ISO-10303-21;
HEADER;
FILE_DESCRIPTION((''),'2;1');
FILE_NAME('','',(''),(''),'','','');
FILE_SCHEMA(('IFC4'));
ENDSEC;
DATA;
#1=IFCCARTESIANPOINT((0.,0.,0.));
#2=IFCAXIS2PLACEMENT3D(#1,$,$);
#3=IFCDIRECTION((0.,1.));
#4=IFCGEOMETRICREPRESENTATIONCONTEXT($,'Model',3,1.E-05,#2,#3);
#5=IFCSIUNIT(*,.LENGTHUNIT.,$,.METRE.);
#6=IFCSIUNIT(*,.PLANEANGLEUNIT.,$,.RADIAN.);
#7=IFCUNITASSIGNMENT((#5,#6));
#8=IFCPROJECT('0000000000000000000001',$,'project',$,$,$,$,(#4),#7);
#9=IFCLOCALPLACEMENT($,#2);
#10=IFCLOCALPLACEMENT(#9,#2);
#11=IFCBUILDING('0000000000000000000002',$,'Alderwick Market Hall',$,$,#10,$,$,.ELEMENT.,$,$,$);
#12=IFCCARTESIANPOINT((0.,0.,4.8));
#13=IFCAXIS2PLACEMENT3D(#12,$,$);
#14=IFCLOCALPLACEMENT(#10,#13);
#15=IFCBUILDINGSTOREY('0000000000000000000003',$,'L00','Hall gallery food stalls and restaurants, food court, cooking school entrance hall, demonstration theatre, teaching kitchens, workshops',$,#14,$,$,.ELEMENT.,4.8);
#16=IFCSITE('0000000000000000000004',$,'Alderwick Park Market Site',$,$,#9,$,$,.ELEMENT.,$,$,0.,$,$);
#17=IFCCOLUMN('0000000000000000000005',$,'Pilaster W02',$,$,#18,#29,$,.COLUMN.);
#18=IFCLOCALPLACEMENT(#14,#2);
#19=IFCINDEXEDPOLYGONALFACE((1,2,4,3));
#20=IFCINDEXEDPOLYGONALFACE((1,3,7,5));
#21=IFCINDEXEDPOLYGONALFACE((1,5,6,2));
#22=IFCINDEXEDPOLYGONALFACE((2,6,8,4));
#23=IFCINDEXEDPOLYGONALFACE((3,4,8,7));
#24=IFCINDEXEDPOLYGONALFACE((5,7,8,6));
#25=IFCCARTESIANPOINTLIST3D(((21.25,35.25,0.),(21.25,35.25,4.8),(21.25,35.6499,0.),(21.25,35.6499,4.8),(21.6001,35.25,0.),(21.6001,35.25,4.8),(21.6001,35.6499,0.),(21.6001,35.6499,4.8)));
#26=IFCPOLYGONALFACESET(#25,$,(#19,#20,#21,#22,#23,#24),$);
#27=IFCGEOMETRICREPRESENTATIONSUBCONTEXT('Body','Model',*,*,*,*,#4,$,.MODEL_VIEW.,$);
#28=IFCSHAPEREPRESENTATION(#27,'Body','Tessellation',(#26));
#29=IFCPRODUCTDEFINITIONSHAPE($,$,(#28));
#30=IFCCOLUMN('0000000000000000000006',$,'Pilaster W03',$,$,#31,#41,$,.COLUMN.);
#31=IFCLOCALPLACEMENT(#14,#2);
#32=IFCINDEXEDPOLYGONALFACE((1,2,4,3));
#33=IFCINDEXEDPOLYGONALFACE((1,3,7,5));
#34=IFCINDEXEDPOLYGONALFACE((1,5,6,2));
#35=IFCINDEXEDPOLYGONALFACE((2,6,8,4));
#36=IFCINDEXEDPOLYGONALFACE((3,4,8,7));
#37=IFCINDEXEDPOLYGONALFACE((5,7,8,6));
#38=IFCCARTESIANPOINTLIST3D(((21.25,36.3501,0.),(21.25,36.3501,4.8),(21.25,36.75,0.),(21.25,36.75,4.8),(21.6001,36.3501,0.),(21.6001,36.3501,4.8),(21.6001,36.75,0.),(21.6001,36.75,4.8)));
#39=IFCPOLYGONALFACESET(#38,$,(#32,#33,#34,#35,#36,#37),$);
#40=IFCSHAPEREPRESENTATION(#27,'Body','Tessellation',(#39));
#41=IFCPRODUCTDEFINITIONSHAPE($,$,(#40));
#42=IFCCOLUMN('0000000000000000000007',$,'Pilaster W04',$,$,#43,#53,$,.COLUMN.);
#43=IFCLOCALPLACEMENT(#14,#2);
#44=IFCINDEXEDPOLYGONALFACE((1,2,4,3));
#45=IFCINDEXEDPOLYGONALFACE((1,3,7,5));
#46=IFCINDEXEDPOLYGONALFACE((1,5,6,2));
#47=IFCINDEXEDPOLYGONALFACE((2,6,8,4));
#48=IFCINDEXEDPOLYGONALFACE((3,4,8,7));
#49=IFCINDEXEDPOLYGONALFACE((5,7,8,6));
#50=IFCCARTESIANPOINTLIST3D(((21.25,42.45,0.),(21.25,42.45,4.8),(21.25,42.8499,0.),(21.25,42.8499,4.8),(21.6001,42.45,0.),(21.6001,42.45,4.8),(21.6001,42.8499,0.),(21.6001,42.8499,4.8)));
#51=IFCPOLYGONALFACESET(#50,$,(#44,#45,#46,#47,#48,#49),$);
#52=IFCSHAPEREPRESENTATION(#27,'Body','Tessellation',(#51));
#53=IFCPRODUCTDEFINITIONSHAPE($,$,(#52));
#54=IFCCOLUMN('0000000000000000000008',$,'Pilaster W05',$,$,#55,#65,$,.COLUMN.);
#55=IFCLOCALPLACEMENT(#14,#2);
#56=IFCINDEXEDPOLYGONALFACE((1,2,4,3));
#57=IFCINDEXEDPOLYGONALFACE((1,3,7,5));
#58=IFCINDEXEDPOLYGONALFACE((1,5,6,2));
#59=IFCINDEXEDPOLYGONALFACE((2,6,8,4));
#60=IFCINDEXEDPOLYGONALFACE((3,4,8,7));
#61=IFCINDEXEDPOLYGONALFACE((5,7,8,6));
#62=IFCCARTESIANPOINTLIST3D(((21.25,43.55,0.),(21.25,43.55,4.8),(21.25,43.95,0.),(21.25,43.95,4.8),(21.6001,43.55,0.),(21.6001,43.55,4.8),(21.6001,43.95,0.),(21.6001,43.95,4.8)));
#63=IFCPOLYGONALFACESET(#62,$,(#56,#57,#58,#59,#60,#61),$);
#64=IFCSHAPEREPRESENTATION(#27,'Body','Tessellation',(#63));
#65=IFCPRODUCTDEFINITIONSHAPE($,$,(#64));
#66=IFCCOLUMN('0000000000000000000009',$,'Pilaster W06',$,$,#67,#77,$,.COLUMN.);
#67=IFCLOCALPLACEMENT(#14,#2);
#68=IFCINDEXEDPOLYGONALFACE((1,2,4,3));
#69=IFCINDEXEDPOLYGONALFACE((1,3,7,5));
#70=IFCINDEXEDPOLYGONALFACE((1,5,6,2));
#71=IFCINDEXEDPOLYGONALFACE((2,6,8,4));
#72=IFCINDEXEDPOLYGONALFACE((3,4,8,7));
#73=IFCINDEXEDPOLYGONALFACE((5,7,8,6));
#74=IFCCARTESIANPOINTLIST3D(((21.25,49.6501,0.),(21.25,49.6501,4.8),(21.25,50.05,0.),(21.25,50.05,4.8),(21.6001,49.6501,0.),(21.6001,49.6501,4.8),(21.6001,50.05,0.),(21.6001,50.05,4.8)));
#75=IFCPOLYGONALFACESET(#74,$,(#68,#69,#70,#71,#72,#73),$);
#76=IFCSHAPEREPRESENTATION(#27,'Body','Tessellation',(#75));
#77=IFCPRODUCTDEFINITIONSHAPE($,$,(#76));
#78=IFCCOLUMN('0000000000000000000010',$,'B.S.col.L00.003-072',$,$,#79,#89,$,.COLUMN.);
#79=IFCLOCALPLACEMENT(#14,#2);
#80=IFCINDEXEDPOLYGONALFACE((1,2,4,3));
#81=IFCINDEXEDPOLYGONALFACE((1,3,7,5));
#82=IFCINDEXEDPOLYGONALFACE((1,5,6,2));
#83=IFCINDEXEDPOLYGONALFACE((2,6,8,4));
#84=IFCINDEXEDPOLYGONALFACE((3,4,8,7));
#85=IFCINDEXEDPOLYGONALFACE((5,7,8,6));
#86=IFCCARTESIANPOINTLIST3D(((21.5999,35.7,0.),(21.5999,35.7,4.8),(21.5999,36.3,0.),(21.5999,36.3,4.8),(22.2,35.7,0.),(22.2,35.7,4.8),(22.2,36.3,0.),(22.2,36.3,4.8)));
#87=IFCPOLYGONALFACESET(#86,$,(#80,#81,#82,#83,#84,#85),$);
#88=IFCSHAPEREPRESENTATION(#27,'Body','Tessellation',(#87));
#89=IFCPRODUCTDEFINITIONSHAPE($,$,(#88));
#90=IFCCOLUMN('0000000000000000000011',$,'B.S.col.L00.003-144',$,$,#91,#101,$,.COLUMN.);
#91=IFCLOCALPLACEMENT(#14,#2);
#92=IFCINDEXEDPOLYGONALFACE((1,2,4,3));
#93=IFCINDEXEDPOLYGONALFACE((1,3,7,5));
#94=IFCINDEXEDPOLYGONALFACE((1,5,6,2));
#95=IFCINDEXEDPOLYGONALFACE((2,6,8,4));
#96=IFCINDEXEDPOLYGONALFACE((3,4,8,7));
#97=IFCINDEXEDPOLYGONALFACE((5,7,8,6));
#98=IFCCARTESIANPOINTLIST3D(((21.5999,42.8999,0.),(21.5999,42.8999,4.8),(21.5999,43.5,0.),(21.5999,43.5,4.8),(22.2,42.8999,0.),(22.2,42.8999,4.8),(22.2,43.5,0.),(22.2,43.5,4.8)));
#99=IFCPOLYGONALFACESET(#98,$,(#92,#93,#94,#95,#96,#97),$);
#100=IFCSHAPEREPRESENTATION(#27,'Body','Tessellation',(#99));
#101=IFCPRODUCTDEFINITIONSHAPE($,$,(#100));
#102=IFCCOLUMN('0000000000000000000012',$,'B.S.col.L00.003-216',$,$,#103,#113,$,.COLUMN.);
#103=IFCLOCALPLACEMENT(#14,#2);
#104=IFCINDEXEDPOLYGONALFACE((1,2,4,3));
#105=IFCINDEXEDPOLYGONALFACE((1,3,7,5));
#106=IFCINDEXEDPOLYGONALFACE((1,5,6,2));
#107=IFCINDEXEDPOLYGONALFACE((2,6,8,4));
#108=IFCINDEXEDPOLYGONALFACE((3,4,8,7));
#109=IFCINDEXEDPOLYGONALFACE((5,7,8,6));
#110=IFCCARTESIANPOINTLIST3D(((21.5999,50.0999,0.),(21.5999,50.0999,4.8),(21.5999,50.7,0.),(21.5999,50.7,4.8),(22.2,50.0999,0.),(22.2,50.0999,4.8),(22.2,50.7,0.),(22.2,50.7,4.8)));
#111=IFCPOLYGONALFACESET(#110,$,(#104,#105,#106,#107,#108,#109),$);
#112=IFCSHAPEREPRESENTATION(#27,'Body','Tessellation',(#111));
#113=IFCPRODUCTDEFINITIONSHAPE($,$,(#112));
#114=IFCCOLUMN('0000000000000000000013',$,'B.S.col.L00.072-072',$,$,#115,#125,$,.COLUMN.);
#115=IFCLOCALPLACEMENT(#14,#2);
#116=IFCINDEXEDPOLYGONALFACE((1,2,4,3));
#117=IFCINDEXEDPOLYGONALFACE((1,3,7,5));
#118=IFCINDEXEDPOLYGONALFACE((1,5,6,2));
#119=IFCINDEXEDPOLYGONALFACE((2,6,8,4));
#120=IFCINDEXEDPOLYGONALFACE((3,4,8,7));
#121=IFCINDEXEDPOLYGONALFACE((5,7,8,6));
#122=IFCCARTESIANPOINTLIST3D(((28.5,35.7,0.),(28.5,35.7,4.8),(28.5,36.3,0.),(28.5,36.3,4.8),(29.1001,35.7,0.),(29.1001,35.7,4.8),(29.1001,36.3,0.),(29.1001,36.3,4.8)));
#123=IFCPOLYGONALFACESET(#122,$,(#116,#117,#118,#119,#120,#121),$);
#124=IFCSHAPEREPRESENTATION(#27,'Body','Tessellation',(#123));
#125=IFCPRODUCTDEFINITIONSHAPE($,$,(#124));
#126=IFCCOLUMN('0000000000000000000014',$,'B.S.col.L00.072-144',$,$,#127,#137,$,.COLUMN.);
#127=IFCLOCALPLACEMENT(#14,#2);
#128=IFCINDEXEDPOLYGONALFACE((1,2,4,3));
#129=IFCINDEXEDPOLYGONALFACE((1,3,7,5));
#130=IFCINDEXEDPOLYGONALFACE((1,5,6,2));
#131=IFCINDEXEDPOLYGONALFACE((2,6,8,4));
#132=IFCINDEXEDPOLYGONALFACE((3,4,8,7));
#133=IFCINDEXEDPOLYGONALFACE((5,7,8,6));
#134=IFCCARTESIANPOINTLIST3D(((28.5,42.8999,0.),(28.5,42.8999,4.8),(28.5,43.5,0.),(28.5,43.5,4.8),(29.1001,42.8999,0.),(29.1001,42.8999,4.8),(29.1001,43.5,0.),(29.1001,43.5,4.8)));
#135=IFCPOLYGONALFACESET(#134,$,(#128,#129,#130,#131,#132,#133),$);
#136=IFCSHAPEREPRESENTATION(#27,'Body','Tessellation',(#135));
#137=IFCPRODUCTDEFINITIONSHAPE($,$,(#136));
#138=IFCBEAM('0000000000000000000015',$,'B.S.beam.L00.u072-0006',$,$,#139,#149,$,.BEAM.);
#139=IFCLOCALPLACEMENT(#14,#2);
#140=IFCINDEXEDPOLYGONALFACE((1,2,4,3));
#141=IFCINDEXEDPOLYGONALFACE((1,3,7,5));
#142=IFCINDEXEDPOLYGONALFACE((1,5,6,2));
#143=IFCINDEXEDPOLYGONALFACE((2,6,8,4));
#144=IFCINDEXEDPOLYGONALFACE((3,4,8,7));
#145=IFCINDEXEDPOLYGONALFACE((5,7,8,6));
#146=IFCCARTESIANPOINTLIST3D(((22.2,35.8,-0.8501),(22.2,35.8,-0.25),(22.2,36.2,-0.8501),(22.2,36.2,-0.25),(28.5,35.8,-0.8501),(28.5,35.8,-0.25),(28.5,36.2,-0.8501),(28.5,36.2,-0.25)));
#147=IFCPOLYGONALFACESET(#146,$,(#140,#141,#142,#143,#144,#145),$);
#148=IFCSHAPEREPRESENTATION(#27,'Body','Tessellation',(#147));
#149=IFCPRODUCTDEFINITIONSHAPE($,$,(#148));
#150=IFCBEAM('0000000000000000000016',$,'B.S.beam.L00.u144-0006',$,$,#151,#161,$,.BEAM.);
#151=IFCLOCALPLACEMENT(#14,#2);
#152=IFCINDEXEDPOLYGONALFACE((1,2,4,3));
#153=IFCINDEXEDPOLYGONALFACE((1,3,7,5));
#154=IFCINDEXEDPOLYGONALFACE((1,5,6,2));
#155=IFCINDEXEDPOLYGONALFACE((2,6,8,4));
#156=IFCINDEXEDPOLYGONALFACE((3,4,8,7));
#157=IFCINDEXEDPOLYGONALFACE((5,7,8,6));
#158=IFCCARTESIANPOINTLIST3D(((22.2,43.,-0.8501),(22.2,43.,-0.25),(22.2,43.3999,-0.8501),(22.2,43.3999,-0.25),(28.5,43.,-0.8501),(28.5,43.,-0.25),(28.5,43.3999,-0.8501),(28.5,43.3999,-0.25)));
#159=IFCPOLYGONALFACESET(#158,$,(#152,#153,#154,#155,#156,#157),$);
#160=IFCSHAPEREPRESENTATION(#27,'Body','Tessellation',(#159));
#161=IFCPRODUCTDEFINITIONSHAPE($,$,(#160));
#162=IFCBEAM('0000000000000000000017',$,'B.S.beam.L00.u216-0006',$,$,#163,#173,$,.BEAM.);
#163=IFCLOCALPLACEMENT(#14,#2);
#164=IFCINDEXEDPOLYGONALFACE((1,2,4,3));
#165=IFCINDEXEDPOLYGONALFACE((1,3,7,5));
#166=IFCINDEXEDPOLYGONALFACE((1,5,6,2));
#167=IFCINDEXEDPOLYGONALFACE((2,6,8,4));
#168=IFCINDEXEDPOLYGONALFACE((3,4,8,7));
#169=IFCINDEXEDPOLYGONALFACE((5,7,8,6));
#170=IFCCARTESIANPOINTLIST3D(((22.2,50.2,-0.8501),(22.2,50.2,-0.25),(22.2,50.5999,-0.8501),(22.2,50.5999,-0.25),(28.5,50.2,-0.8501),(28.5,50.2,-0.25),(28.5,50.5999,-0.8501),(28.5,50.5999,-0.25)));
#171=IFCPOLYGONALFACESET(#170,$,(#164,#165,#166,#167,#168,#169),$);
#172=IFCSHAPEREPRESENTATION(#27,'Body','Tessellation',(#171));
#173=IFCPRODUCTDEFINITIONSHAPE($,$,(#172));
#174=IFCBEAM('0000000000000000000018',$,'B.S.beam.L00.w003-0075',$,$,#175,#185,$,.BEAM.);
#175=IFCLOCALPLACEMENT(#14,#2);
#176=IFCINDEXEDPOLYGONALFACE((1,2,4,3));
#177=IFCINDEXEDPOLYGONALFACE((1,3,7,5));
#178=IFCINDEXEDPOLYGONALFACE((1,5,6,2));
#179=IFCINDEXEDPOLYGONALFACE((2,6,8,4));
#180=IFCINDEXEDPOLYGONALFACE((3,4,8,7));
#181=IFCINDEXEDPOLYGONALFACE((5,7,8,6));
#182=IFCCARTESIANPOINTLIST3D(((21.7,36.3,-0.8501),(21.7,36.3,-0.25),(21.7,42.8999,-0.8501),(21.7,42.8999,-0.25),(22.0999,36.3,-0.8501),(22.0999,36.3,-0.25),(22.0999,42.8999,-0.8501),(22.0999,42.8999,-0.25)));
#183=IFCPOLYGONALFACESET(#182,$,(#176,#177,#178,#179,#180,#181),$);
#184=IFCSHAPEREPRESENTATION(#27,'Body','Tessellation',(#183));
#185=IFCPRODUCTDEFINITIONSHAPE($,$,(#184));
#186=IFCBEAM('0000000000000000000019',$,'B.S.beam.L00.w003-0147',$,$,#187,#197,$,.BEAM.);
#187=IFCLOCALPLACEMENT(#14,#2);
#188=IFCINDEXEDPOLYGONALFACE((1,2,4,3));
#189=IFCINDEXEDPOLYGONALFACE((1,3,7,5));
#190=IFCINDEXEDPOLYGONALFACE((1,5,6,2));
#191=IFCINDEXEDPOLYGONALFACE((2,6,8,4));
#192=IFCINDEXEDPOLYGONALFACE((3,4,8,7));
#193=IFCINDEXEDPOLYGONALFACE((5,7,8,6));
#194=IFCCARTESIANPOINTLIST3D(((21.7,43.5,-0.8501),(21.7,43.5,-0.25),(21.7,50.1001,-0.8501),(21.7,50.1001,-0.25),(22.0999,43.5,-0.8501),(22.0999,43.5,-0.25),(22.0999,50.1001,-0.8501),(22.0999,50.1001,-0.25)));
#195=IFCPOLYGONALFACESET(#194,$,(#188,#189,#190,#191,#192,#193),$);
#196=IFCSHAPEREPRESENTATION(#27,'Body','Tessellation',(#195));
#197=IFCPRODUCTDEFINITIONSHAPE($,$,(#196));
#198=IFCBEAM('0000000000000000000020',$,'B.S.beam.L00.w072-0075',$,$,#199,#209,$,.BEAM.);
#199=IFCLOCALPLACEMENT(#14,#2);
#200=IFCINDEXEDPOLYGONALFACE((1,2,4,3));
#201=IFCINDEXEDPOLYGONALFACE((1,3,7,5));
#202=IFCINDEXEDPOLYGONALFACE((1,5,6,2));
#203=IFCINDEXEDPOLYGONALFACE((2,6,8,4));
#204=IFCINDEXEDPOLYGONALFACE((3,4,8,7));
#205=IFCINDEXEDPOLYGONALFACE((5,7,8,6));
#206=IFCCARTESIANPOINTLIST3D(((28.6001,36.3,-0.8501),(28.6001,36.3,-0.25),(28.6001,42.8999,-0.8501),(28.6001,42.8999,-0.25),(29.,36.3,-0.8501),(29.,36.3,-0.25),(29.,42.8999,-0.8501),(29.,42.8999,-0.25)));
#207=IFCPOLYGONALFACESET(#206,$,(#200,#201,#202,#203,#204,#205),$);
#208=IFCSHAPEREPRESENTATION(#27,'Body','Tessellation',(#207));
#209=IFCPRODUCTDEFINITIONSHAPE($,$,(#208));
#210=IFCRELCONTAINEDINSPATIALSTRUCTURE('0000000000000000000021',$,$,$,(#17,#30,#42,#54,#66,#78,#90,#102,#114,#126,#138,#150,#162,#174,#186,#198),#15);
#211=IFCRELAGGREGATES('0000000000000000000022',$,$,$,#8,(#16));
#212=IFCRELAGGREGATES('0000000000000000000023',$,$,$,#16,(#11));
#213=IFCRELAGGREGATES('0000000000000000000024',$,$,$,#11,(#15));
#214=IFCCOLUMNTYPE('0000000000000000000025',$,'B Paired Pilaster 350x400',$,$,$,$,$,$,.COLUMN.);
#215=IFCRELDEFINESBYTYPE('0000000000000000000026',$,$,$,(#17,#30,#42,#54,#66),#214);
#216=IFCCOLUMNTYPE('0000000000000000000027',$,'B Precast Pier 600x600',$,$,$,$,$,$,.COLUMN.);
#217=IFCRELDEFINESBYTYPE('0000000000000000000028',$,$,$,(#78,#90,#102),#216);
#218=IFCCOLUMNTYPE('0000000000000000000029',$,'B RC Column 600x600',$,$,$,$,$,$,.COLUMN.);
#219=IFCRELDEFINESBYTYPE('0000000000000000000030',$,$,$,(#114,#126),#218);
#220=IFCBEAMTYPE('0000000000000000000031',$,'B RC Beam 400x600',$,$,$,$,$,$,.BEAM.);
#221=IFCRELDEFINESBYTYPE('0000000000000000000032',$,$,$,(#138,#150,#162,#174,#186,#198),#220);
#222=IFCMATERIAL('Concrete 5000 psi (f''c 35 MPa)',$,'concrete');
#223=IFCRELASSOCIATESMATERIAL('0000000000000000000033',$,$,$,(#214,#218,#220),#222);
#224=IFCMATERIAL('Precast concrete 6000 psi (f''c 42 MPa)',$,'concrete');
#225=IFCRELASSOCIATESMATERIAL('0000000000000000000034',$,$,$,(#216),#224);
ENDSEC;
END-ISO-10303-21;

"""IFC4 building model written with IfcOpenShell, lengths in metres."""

from ifc_helpers import new_model, si_unit, direction, frame, origin, origin_2d, place, context, subcontext, project, spatial, rectangle, extrude, material, material_profile, profile_set, type_object, element, save


model = new_model("IFC4")

# Units and contexts
model_context = context("Model", 3, precision=1e-05, world=origin(), true_north=direction((0.0, 1.0)))
body_context = subcontext(model_context, "Body", "Model", "MODEL_VIEW")
ifc_project = project(units=[si_unit("LENGTHUNIT", "METRE"), si_unit("PLANEANGLEUNIT", "RADIAN")], contexts=[model_context])

# Site, building, storey
site_placement = place(None, origin())
site = spatial("IfcSite", under=ifc_project, at=site_placement, Name="Alderwick Park Market Site", CompositionType="ELEMENT", RefElevation=0.0)
building_placement = place(site_placement, origin())
building = spatial("IfcBuilding", under=site, at=building_placement, Name="Alderwick Market Hall", CompositionType="ELEMENT")
storey_placement = place(building_placement, frame((0.0, 0.0, 4.8)))
storey = spatial("IfcBuildingStorey", under=building, at=storey_placement, Name="L00", Description="Hall gallery food stalls and restaurants, food court, cooking school entrance hall, demonstration theatre, teaching kitchens, workshops", CompositionType="ELEMENT", Elevation=4.8)

# Columns
ifc_material_1 = material(Name="Concrete 5000 psi (f'c 35 MPa)", Category="concrete")
ifc_material_profile_1 = material_profile(ifc_material_1, rectangle(XDim=0.3501, YDim=0.3999, at=origin_2d()), Name="B Paired Pilaster 350x400")
ifc_profile_set_1 = profile_set([ifc_material_profile_1], Name="Concrete 5000 psi (f'c 35 MPa)")
column_type_1 = type_object("IfcColumnType", Name="B Paired Pilaster 350x400", PredefinedType="COLUMN", material=ifc_profile_set_1)
for number, where, z_axis, x_axis, name in (
    (1, (21.425, 35.45, 0.0), (0.0, 0.0, 1.0), (1.0, 0.0, 0.0), "Pilaster W02"),
    (2, (21.425, 36.55, 0.0), (0.0, 0.0, 1.0), (1.0, 0.0, 0.0), "Pilaster W03"),
    (3, (21.425, 42.6499, 0.0), (0.0, 0.0, 1.0), (1.0, 0.0, 0.0), "Pilaster W04"),
    (4, (21.425, 43.75, 0.0), (0.0, 0.0, 1.0), (1.0, 0.0, 0.0), "Pilaster W05"),
    (5, (21.425, 49.8501, 0.0), (0.0, 0.0, 1.0), (1.0, 0.0, 0.0), "Pilaster W06"),
):
    element("IfcColumn", number, at=place(storey_placement, frame(where, z_axis=z_axis, x_axis=x_axis)), inside=storey, type_object=column_type_1, Name=name, PredefinedType="COLUMN", context=body_context, shape_type="SweptSolid", body=[
        extrude(rectangle(XDim=0.3501, YDim=0.3999, at=origin_2d()), origin(), (0.0, 0.0, 1.0), 4.8),
    ])
ifc_material_2 = material(Name="Precast concrete 6000 psi (f'c 42 MPa)", Category="concrete")
ifc_material_profile_2 = material_profile(ifc_material_2, rectangle(XDim=0.6001, YDim=0.6001, at=origin_2d()), Name="B Precast Pier 600x600")
ifc_profile_set_2 = profile_set([ifc_material_profile_2], Name="Precast concrete 6000 psi (f'c 42 MPa)")
column_type_2 = type_object("IfcColumnType", Name="B Precast Pier 600x600", PredefinedType="COLUMN", material=ifc_profile_set_2)
for number, where, z_axis, x_axis, name in (
    (6, (21.8999, 36.0, 0.0), (0.0, 0.0, 1.0), (1.0, 0.0, 0.0), "B.S.col.L00.003-072"),
    (7, (21.8999, 43.2, 0.0), (0.0, 0.0, 1.0), (1.0, 0.0, 0.0), "B.S.col.L00.003-144"),
    (8, (21.8999, 50.3999, 0.0), (0.0, 0.0, 1.0), (1.0, 0.0, 0.0), "B.S.col.L00.003-216"),
):
    element("IfcColumn", number, at=place(storey_placement, frame(where, z_axis=z_axis, x_axis=x_axis)), inside=storey, type_object=column_type_2, Name=name, PredefinedType="COLUMN", context=body_context, shape_type="SweptSolid", body=[
        extrude(rectangle(XDim=0.6001, YDim=0.6001, at=origin_2d()), origin(), (0.0, 0.0, 1.0), 4.8),
    ])
ifc_material_profile_3 = material_profile(ifc_material_1, rectangle(XDim=0.6001, YDim=0.6001, at=origin_2d()), Name="B RC Column 600x600")
ifc_profile_set_3 = profile_set([ifc_material_profile_3], Name="Concrete 5000 psi (f'c 35 MPa)")
column_type_3 = type_object("IfcColumnType", Name="B RC Column 600x600", PredefinedType="COLUMN", material=ifc_profile_set_3)
for number, where, z_axis, x_axis, name in (
    (9, (28.8, 36.0, 0.0), (0.0, 0.0, 1.0), (1.0, 0.0, 0.0), "B.S.col.L00.072-072"),
    (10, (28.8, 43.2, 0.0), (0.0, 0.0, 1.0), (1.0, 0.0, 0.0), "B.S.col.L00.072-144"),
):
    element("IfcColumn", number, at=place(storey_placement, frame(where, z_axis=z_axis, x_axis=x_axis)), inside=storey, type_object=column_type_3, Name=name, PredefinedType="COLUMN", context=body_context, shape_type="SweptSolid", body=[
        extrude(rectangle(XDim=0.6001, YDim=0.6001, at=origin_2d()), origin(), (0.0, 0.0, 1.0), 4.8),
    ])

# Beams
ifc_material_profile_4 = material_profile(ifc_material_1, rectangle(XDim=0.3999, YDim=0.6001, at=origin_2d()), Name="B RC Beam 400x600")
ifc_profile_set_4 = profile_set([ifc_material_profile_4], Name="Concrete 5000 psi (f'c 35 MPa)")
beam_type = type_object("IfcBeamType", Name="B RC Beam 400x600", PredefinedType="BEAM", material=ifc_profile_set_4)
for number, where, z_axis, x_axis, name in (
    (11, (22.2, 36.0, -0.55), (1.0, 0.0, 0.0), (0.0, 1.0, 0.0), "B.S.beam.L00.u072-0006"),
    (12, (22.2, 43.2, -0.55), (1.0, 0.0, 0.0), (0.0, 1.0, 0.0), "B.S.beam.L00.u144-0006"),
    (13, (22.2, 50.3999, -0.55), (1.0, 0.0, 0.0), (0.0, 1.0, 0.0), "B.S.beam.L00.u216-0006"),
):
    element("IfcBeam", number, at=place(storey_placement, frame(where, z_axis=z_axis, x_axis=x_axis)), inside=storey, type_object=beam_type, Name=name, PredefinedType="BEAM", context=body_context, shape_type="SweptSolid", body=[
        extrude(rectangle(XDim=0.3999, YDim=0.6001, at=origin_2d()), origin(), (0.0, 0.0, 1.0), 6.3),
    ])
beam_1_placement = place(storey_placement, frame((21.8999, 36.3, -0.55), z_axis=(0.0, 1.0, 0.0), x_axis=(-1.0, 0.0, 0.0)))
element("IfcBeam", 14, at=beam_1_placement, inside=storey, type_object=beam_type, Name="B.S.beam.L00.w003-0075", PredefinedType="BEAM", context=body_context, shape_type="SweptSolid", body=[
    extrude(rectangle(XDim=0.3999, YDim=0.6001, at=origin_2d()), origin(), (0.0, 0.0, 1.0), 6.5999),
])
beam_2_placement = place(storey_placement, frame((21.8999, 43.5, -0.55), z_axis=(0.0, 1.0, 0.0), x_axis=(-1.0, 0.0, 0.0)))
element("IfcBeam", 15, at=beam_2_placement, inside=storey, type_object=beam_type, Name="B.S.beam.L00.w003-0147", PredefinedType="BEAM", context=body_context, shape_type="SweptSolid", body=[
    extrude(rectangle(XDim=0.3999, YDim=0.6001, at=origin_2d()), origin(), (0.0, 0.0, 1.0), 6.6001),
])
beam_3_placement = place(storey_placement, frame((28.8, 36.3, -0.55), z_axis=(0.0, 1.0, 0.0), x_axis=(-1.0, 0.0, 0.0)))
element("IfcBeam", 16, at=beam_3_placement, inside=storey, type_object=beam_type, Name="B.S.beam.L00.w072-0075", PredefinedType="BEAM", context=body_context, shape_type="SweptSolid", body=[
    extrude(rectangle(XDim=0.3999, YDim=0.6001, at=origin_2d()), origin(), (0.0, 0.0, 1.0), 6.5999),
])

save(model, "model.ifc")
